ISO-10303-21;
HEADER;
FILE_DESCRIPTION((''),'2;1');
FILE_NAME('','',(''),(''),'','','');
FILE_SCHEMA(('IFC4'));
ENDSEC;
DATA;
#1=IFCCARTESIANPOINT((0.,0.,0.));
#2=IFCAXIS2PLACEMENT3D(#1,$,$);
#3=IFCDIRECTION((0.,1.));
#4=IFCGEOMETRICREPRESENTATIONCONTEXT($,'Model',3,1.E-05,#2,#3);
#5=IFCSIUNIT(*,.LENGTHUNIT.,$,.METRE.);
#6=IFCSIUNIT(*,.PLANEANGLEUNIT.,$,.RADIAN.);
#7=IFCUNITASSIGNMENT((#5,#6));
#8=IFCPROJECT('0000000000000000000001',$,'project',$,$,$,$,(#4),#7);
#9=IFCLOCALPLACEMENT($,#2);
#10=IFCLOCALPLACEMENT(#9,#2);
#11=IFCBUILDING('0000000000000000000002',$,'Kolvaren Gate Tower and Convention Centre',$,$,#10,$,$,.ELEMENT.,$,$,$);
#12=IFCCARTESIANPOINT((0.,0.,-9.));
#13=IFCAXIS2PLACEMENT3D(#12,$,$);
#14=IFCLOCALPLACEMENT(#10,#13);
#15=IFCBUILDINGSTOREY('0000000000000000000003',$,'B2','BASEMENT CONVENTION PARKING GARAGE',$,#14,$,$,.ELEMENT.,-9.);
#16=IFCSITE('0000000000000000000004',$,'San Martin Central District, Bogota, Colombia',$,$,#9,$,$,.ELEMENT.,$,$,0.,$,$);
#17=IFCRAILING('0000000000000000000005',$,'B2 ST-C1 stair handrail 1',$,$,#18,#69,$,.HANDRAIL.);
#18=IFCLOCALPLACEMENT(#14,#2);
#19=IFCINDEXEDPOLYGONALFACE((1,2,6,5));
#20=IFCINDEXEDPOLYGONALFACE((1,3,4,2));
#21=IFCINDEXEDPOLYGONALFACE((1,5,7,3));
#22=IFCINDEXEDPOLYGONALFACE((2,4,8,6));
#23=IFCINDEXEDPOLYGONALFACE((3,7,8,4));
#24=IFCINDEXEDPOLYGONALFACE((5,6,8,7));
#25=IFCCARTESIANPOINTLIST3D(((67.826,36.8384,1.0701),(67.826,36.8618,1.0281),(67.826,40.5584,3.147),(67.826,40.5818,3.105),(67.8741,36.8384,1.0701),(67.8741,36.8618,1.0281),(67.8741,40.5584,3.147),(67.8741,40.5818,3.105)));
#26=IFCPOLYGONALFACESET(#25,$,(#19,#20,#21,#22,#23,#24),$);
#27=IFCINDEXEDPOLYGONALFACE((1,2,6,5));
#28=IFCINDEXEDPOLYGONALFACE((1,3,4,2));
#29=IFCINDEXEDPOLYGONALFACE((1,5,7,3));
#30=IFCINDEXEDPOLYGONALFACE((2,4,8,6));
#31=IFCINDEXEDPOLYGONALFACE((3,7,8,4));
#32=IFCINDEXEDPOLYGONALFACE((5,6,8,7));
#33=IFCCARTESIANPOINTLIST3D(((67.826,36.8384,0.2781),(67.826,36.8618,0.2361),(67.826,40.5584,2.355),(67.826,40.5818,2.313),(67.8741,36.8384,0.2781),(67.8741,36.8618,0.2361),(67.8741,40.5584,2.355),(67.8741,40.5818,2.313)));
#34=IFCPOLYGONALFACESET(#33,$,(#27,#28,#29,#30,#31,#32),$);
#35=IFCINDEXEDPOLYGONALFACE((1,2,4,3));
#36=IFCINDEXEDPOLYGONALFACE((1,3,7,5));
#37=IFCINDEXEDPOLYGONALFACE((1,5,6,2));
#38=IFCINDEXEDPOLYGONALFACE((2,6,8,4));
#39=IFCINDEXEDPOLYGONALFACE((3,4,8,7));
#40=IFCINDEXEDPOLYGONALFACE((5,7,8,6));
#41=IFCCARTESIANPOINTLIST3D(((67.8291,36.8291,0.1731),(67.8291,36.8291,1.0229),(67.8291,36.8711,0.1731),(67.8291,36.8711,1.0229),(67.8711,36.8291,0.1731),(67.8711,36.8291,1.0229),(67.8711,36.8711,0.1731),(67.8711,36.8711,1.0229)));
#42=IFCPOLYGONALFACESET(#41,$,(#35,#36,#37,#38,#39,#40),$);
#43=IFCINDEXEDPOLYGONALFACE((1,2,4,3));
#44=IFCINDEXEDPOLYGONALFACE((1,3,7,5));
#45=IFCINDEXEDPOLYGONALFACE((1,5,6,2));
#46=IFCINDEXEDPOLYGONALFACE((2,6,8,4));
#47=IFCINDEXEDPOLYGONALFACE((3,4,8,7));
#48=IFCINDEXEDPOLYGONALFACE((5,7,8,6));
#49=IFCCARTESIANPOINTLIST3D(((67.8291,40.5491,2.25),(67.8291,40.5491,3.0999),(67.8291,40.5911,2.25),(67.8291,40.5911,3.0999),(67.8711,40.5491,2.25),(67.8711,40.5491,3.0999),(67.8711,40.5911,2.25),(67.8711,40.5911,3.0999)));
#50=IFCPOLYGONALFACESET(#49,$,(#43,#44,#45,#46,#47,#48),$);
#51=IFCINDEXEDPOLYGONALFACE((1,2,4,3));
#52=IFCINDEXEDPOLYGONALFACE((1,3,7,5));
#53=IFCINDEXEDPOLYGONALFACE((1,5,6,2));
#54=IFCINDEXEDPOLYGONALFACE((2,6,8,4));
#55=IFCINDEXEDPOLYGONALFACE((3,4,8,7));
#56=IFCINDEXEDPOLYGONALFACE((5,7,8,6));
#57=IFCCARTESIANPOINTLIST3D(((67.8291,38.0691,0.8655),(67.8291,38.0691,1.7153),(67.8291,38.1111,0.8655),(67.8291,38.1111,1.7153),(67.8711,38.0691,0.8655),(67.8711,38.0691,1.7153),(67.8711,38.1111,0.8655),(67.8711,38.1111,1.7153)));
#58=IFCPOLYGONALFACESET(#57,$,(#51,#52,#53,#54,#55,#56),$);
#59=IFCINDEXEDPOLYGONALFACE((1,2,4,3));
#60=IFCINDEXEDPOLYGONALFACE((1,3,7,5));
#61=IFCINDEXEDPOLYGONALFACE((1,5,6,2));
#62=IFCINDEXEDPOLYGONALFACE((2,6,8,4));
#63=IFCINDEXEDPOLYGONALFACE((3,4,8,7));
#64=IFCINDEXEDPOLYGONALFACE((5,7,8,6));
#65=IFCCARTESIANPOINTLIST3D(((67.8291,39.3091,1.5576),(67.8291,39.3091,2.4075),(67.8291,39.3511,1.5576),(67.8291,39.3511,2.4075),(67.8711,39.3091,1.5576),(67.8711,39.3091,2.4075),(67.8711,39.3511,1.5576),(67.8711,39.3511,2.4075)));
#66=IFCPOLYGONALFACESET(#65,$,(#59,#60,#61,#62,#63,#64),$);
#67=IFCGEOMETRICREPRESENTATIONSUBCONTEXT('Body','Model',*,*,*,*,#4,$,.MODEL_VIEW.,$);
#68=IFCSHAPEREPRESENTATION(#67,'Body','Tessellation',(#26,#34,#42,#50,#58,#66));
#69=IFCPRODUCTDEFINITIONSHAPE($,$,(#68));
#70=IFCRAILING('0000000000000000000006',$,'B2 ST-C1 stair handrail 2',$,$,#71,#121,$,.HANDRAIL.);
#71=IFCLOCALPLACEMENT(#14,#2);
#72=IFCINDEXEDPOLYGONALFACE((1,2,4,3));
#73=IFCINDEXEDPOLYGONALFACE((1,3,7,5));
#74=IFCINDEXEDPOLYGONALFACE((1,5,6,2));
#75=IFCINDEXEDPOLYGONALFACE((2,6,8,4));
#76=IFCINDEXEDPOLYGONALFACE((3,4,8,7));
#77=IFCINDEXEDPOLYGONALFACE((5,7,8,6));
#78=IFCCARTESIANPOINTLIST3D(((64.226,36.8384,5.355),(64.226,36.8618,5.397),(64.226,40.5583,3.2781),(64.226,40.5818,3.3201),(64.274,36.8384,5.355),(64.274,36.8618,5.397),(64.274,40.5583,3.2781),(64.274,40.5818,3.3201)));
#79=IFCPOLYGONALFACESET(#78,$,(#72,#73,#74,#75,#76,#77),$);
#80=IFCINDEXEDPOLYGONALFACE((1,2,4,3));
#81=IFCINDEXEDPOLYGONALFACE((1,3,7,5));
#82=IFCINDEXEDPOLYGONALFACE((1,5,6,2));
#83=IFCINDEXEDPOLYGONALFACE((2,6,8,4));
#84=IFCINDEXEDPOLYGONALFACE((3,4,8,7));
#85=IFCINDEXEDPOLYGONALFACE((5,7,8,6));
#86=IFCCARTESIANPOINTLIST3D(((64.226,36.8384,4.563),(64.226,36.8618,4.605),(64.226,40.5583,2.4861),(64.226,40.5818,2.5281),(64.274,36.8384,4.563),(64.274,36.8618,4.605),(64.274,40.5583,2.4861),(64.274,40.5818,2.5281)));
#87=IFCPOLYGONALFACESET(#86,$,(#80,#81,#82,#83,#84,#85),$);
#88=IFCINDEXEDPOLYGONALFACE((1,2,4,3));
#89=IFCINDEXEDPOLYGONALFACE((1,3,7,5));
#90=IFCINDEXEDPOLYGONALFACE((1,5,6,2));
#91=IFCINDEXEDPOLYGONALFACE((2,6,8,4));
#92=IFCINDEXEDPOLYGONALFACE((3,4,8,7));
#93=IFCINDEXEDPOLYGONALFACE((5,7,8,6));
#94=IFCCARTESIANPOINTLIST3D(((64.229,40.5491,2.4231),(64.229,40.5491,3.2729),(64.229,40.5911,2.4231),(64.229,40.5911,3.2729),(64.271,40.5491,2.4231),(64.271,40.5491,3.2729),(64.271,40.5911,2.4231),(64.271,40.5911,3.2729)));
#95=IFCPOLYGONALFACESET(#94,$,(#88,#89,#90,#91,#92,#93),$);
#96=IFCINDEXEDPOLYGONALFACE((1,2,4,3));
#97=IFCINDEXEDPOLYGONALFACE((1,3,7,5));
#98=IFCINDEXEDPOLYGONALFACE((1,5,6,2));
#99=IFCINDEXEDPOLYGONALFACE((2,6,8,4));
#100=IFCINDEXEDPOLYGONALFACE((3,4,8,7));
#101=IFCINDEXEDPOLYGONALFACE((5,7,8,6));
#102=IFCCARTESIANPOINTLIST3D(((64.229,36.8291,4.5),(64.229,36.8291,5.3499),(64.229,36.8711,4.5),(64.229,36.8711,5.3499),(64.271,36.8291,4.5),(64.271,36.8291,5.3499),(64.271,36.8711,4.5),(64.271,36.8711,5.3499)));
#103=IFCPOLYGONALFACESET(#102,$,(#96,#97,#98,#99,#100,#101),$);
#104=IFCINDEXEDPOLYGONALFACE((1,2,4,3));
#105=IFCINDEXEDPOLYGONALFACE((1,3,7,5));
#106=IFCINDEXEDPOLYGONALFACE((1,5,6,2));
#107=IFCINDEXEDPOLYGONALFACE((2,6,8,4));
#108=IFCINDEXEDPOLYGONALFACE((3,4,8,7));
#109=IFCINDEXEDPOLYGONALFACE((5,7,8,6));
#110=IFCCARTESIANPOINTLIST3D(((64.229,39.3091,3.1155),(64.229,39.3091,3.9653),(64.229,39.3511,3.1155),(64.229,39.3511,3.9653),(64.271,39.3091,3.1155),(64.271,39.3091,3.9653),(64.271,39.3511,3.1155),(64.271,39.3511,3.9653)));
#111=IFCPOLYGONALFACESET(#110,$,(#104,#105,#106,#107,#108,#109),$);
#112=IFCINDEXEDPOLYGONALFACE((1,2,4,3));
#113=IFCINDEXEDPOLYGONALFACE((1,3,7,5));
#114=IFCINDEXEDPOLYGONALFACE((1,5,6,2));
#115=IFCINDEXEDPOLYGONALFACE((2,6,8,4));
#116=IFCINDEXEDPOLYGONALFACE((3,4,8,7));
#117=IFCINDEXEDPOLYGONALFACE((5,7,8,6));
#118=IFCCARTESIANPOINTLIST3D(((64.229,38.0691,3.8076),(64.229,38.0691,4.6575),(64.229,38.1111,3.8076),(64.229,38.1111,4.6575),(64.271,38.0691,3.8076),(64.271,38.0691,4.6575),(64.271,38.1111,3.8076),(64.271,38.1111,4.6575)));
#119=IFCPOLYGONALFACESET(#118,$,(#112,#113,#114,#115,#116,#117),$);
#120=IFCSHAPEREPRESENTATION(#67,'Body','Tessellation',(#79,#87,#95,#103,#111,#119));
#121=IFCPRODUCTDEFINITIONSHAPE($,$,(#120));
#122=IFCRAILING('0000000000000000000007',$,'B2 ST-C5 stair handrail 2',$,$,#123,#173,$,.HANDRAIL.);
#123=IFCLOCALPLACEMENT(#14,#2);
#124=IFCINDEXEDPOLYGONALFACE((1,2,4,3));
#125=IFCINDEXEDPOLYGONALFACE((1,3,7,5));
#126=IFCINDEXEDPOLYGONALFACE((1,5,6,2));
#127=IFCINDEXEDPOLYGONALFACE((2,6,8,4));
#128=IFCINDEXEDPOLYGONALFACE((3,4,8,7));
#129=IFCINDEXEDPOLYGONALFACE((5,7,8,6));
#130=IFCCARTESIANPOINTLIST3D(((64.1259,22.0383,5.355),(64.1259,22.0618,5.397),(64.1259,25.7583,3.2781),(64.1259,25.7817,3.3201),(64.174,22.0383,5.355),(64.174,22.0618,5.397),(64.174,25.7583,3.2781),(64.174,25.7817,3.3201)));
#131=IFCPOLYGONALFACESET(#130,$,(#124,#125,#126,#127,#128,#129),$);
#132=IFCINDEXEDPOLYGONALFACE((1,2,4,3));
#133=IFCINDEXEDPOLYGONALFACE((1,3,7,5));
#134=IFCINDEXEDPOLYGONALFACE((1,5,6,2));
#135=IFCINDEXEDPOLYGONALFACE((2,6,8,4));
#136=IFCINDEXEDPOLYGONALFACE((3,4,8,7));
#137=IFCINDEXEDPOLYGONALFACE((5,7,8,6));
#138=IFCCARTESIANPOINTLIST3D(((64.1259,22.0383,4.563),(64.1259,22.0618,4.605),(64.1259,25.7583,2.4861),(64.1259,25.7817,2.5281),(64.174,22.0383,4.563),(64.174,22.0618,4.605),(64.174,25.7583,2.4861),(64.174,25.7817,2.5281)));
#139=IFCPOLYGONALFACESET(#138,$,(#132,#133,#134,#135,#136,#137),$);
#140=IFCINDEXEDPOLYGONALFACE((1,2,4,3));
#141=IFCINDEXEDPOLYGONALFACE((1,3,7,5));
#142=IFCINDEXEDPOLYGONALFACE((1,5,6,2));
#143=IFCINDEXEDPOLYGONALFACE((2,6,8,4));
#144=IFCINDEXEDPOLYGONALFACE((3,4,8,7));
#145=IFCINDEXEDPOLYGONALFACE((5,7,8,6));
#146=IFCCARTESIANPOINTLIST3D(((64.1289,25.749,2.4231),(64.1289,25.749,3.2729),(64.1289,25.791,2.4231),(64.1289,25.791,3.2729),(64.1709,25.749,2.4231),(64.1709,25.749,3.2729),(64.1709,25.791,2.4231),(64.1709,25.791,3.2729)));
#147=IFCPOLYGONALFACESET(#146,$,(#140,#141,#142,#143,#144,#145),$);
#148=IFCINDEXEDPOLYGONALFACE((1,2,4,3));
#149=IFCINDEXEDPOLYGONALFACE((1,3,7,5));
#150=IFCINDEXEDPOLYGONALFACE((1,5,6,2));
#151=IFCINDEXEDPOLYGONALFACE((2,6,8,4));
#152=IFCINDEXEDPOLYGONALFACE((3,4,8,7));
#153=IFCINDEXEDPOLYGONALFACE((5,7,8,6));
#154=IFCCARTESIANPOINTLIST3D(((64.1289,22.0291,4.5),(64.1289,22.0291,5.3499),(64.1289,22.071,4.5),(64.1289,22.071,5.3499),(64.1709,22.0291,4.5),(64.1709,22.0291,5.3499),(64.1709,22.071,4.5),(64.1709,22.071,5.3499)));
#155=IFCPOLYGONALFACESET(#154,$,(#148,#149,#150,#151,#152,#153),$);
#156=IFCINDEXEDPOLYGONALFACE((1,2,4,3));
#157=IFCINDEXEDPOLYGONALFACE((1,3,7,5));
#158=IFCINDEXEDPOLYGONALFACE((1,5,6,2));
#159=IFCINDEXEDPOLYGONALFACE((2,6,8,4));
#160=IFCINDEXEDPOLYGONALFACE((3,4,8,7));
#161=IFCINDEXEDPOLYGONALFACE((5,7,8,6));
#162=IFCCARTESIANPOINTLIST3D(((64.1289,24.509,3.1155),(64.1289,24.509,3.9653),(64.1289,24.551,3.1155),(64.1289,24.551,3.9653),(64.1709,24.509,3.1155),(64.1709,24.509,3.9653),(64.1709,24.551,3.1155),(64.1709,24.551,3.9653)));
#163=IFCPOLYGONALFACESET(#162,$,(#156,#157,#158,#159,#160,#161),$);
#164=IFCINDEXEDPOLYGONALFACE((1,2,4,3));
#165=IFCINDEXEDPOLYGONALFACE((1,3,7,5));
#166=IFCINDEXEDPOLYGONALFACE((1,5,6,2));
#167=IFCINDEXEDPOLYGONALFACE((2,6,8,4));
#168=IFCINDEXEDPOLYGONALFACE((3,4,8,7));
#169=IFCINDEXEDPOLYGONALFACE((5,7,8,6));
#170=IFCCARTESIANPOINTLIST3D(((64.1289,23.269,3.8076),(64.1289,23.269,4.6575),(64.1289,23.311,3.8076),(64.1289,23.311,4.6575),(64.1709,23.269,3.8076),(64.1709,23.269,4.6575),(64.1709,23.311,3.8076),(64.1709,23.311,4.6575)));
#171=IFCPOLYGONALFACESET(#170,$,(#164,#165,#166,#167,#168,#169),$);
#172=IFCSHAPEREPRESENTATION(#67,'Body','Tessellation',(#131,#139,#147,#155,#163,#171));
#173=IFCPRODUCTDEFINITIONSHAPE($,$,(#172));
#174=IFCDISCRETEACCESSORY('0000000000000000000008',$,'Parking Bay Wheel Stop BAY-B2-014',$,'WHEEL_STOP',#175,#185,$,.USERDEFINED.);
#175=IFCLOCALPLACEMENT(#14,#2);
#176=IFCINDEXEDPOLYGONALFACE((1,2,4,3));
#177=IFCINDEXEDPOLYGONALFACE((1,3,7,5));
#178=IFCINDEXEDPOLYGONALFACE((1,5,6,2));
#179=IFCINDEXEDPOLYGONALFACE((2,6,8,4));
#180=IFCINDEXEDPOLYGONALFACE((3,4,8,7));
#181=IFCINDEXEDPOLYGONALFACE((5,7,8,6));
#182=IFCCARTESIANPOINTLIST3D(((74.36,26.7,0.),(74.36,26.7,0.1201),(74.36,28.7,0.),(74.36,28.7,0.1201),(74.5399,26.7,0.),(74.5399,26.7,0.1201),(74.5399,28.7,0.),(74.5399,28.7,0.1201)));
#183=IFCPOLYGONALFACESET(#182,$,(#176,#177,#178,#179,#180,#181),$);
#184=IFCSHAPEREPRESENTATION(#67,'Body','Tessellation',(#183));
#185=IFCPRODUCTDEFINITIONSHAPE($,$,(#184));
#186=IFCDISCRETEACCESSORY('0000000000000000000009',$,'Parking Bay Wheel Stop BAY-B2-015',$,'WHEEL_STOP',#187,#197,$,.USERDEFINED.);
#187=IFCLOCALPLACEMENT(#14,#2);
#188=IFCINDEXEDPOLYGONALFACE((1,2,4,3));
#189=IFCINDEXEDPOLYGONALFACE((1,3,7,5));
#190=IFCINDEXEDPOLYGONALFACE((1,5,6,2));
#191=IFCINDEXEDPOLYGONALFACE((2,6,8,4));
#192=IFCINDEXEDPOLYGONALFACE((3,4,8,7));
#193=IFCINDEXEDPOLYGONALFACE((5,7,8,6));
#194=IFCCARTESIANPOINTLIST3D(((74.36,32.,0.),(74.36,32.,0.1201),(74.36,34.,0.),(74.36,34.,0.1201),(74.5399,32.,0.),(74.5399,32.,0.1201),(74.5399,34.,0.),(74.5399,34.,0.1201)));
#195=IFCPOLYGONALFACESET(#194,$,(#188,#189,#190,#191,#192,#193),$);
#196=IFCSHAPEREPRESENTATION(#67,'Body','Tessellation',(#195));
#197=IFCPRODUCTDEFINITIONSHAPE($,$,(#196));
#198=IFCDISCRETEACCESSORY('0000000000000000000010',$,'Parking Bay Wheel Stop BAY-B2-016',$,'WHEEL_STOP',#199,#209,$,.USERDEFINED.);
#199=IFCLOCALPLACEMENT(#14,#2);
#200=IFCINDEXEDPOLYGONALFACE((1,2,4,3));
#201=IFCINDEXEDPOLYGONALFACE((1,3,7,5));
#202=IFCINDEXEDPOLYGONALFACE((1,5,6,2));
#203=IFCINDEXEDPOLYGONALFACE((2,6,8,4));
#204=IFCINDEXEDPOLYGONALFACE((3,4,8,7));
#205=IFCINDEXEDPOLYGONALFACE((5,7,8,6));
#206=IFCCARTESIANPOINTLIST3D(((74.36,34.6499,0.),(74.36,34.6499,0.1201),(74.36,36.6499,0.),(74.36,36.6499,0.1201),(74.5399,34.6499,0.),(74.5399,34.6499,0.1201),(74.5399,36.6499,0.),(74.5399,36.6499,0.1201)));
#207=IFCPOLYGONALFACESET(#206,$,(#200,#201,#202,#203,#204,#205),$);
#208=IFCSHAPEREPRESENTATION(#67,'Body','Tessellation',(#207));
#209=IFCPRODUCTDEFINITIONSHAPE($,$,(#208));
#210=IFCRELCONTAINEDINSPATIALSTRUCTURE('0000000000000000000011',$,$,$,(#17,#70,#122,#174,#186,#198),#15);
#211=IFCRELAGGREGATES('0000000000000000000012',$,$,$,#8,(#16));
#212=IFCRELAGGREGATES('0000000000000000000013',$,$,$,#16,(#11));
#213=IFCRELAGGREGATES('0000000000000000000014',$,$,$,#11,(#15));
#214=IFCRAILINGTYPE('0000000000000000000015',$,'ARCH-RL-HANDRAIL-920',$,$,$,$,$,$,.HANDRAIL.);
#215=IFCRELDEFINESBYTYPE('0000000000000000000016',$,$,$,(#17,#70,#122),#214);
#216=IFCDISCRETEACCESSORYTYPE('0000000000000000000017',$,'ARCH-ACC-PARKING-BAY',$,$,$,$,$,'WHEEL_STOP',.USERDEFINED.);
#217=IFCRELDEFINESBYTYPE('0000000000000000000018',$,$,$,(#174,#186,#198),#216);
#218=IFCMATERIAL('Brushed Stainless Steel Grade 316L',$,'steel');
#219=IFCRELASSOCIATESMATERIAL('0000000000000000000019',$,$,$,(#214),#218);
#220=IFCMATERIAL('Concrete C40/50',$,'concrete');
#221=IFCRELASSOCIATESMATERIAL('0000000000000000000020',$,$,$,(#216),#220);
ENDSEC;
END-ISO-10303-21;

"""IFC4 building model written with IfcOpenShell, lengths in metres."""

from ifc_helpers import new_model, si_unit, direction, frame, origin, origin_2d, place, context, subcontext, project, spatial, rectangle, extrude, material, type_object, element, save


model = new_model("IFC4")

# Units and contexts
model_context = context("Model", 3, precision=1e-05, world=origin(), true_north=direction((0.0, 1.0)))
body_context = subcontext(model_context, "Body", "Model", "MODEL_VIEW")
ifc_project = project(units=[si_unit("LENGTHUNIT", "METRE"), si_unit("PLANEANGLEUNIT", "RADIAN")], contexts=[model_context])

# Site, building, storey
site_placement = place(None, origin())
site = spatial("IfcSite", under=ifc_project, at=site_placement, Name="San Martin Central District, Bogota, Colombia", CompositionType="ELEMENT", RefElevation=0.0)
building_placement = place(site_placement, origin())
building = spatial("IfcBuilding", under=site, at=building_placement, Name="Kolvaren Gate Tower and Convention Centre", CompositionType="ELEMENT")
storey_placement = place(building_placement, frame((0.0, 0.0, -9.0)))
storey = spatial("IfcBuildingStorey", under=building, at=storey_placement, Name="B2", Description="BASEMENT CONVENTION PARKING GARAGE", CompositionType="ELEMENT", Elevation=-9.0)

# Railings
ifc_material_1 = material(Name="Brushed Stainless Steel Grade 316L", Category="steel")
railing_type_1 = type_object("IfcRailingType", Name="ARCH-RL-HANDRAIL-920", PredefinedType="HANDRAIL", material=ifc_material_1)
railing_1_placement = place(storey_placement, frame((67.8501, 36.8501, 0.1731)))
element("IfcRailing", 1, at=railing_1_placement, inside=storey, type_object=railing_type_1, Name="B2 ST-C1 stair handrail 1", PredefinedType="HANDRAIL", context=body_context, shape_type="SweptSolid", body=[
    extrude(rectangle(XDim=0.0481, YDim=0.0481, at=origin_2d()), frame((0.0, 0.0, 0.876), z_axis=(0.0, 0.873134, 0.487481), x_axis=(-1.0, 0.0, 0.0)), (0.0, 0.0, 1.0), 4.2605),
    extrude(rectangle(XDim=0.0481, YDim=0.0481, at=origin_2d()), frame((0.0, 0.0, 0.084), z_axis=(0.0, 0.873134, 0.487481), x_axis=(-1.0, 0.0, 0.0)), (0.0, 0.0, 1.0), 4.2605),
    extrude(rectangle(XDim=0.042, YDim=0.042, at=origin_2d()), origin(), (0.0, 0.0, 1.0), 0.8499),
    extrude(rectangle(XDim=0.042, YDim=0.042, at=origin_2d()), frame((0.0, 3.72, 2.0769)), (0.0, 0.0, 1.0), 0.8499),
    extrude(rectangle(XDim=0.042, YDim=0.042, at=origin_2d()), frame((0.0, 1.24, 0.6924)), (0.0, 0.0, 1.0), 0.8499),
    extrude(rectangle(XDim=0.042, YDim=0.042, at=origin_2d()), frame((0.0, 2.48, 1.3845)), (0.0, 0.0, 1.0), 0.8499),
])
for number, where, name in (
    (2, (64.25, 40.5701, 2.4231), "B2 ST-C1 stair handrail 2"),
    (3, (64.1499, 25.77, 2.4231), "B2 ST-C5 stair handrail 2"),
):
    element("IfcRailing", number, at=place(storey_placement, frame(where)), inside=storey, type_object=railing_type_1, Name=name, PredefinedType="HANDRAIL", context=body_context, shape_type="SweptSolid", body=[
        extrude(rectangle(XDim=0.0481, YDim=0.0481, at=origin_2d()), frame((0.0, 0.0, 0.876), z_axis=(0.0, -0.873134, 0.487481), x_axis=(1.0, 0.0, 0.0)), (0.0, 0.0, 1.0), 4.2605),
        extrude(rectangle(XDim=0.0481, YDim=0.0481, at=origin_2d()), frame((0.0, 0.0, 0.084), z_axis=(0.0, -0.873134, 0.487481), x_axis=(1.0, 0.0, 0.0)), (0.0, 0.0, 1.0), 4.2605),
        extrude(rectangle(XDim=0.042, YDim=0.042, at=origin_2d()), origin(), (0.0, 0.0, 1.0), 0.8499),
        extrude(rectangle(XDim=0.042, YDim=0.042, at=origin_2d()), frame((0.0, -3.72, 2.0769)), (0.0, 0.0, 1.0), 0.8499),
        extrude(rectangle(XDim=0.042, YDim=0.042, at=origin_2d()), frame((0.0, -1.24, 0.6924)), (0.0, 0.0, 1.0), 0.8499),
        extrude(rectangle(XDim=0.042, YDim=0.042, at=origin_2d()), frame((0.0, -2.48, 1.3845)), (0.0, 0.0, 1.0), 0.8499),
    ])

# Discrete accessories
ifc_material_2 = material(Name="Concrete C40/50", Category="concrete")
discrete_accessory_type = type_object("IfcDiscreteAccessoryType", Name="ARCH-ACC-PARKING-BAY", ElementType="WHEEL_STOP", PredefinedType="USERDEFINED", material=ifc_material_2)
for number, where, z_axis, x_axis, name in (
    (4, (74.45, 27.7, 0.0), (0.0, 0.0, 1.0), (0.0, 1.0, 0.0), "Parking Bay Wheel Stop BAY-B2-014"),
    (5, (74.45, 33.0, 0.0), (0.0, 0.0, 1.0), (0.0, 1.0, 0.0), "Parking Bay Wheel Stop BAY-B2-015"),
    (6, (74.45, 35.6499, 0.0), (0.0, 0.0, 1.0), (0.0, 1.0, 0.0), "Parking Bay Wheel Stop BAY-B2-016"),
):
    element("IfcDiscreteAccessory", number, at=place(storey_placement, frame(where, z_axis=z_axis, x_axis=x_axis)), inside=storey, type_object=discrete_accessory_type, Name=name, ObjectType="WHEEL_STOP", PredefinedType="USERDEFINED", context=body_context, shape_type="SweptSolid", body=[
        extrude(rectangle(XDim=2.0, YDim=0.1799, at=origin_2d()), origin(), (0.0, 0.0, 1.0), 0.1201),
    ])

save(model, "model.ifc")
